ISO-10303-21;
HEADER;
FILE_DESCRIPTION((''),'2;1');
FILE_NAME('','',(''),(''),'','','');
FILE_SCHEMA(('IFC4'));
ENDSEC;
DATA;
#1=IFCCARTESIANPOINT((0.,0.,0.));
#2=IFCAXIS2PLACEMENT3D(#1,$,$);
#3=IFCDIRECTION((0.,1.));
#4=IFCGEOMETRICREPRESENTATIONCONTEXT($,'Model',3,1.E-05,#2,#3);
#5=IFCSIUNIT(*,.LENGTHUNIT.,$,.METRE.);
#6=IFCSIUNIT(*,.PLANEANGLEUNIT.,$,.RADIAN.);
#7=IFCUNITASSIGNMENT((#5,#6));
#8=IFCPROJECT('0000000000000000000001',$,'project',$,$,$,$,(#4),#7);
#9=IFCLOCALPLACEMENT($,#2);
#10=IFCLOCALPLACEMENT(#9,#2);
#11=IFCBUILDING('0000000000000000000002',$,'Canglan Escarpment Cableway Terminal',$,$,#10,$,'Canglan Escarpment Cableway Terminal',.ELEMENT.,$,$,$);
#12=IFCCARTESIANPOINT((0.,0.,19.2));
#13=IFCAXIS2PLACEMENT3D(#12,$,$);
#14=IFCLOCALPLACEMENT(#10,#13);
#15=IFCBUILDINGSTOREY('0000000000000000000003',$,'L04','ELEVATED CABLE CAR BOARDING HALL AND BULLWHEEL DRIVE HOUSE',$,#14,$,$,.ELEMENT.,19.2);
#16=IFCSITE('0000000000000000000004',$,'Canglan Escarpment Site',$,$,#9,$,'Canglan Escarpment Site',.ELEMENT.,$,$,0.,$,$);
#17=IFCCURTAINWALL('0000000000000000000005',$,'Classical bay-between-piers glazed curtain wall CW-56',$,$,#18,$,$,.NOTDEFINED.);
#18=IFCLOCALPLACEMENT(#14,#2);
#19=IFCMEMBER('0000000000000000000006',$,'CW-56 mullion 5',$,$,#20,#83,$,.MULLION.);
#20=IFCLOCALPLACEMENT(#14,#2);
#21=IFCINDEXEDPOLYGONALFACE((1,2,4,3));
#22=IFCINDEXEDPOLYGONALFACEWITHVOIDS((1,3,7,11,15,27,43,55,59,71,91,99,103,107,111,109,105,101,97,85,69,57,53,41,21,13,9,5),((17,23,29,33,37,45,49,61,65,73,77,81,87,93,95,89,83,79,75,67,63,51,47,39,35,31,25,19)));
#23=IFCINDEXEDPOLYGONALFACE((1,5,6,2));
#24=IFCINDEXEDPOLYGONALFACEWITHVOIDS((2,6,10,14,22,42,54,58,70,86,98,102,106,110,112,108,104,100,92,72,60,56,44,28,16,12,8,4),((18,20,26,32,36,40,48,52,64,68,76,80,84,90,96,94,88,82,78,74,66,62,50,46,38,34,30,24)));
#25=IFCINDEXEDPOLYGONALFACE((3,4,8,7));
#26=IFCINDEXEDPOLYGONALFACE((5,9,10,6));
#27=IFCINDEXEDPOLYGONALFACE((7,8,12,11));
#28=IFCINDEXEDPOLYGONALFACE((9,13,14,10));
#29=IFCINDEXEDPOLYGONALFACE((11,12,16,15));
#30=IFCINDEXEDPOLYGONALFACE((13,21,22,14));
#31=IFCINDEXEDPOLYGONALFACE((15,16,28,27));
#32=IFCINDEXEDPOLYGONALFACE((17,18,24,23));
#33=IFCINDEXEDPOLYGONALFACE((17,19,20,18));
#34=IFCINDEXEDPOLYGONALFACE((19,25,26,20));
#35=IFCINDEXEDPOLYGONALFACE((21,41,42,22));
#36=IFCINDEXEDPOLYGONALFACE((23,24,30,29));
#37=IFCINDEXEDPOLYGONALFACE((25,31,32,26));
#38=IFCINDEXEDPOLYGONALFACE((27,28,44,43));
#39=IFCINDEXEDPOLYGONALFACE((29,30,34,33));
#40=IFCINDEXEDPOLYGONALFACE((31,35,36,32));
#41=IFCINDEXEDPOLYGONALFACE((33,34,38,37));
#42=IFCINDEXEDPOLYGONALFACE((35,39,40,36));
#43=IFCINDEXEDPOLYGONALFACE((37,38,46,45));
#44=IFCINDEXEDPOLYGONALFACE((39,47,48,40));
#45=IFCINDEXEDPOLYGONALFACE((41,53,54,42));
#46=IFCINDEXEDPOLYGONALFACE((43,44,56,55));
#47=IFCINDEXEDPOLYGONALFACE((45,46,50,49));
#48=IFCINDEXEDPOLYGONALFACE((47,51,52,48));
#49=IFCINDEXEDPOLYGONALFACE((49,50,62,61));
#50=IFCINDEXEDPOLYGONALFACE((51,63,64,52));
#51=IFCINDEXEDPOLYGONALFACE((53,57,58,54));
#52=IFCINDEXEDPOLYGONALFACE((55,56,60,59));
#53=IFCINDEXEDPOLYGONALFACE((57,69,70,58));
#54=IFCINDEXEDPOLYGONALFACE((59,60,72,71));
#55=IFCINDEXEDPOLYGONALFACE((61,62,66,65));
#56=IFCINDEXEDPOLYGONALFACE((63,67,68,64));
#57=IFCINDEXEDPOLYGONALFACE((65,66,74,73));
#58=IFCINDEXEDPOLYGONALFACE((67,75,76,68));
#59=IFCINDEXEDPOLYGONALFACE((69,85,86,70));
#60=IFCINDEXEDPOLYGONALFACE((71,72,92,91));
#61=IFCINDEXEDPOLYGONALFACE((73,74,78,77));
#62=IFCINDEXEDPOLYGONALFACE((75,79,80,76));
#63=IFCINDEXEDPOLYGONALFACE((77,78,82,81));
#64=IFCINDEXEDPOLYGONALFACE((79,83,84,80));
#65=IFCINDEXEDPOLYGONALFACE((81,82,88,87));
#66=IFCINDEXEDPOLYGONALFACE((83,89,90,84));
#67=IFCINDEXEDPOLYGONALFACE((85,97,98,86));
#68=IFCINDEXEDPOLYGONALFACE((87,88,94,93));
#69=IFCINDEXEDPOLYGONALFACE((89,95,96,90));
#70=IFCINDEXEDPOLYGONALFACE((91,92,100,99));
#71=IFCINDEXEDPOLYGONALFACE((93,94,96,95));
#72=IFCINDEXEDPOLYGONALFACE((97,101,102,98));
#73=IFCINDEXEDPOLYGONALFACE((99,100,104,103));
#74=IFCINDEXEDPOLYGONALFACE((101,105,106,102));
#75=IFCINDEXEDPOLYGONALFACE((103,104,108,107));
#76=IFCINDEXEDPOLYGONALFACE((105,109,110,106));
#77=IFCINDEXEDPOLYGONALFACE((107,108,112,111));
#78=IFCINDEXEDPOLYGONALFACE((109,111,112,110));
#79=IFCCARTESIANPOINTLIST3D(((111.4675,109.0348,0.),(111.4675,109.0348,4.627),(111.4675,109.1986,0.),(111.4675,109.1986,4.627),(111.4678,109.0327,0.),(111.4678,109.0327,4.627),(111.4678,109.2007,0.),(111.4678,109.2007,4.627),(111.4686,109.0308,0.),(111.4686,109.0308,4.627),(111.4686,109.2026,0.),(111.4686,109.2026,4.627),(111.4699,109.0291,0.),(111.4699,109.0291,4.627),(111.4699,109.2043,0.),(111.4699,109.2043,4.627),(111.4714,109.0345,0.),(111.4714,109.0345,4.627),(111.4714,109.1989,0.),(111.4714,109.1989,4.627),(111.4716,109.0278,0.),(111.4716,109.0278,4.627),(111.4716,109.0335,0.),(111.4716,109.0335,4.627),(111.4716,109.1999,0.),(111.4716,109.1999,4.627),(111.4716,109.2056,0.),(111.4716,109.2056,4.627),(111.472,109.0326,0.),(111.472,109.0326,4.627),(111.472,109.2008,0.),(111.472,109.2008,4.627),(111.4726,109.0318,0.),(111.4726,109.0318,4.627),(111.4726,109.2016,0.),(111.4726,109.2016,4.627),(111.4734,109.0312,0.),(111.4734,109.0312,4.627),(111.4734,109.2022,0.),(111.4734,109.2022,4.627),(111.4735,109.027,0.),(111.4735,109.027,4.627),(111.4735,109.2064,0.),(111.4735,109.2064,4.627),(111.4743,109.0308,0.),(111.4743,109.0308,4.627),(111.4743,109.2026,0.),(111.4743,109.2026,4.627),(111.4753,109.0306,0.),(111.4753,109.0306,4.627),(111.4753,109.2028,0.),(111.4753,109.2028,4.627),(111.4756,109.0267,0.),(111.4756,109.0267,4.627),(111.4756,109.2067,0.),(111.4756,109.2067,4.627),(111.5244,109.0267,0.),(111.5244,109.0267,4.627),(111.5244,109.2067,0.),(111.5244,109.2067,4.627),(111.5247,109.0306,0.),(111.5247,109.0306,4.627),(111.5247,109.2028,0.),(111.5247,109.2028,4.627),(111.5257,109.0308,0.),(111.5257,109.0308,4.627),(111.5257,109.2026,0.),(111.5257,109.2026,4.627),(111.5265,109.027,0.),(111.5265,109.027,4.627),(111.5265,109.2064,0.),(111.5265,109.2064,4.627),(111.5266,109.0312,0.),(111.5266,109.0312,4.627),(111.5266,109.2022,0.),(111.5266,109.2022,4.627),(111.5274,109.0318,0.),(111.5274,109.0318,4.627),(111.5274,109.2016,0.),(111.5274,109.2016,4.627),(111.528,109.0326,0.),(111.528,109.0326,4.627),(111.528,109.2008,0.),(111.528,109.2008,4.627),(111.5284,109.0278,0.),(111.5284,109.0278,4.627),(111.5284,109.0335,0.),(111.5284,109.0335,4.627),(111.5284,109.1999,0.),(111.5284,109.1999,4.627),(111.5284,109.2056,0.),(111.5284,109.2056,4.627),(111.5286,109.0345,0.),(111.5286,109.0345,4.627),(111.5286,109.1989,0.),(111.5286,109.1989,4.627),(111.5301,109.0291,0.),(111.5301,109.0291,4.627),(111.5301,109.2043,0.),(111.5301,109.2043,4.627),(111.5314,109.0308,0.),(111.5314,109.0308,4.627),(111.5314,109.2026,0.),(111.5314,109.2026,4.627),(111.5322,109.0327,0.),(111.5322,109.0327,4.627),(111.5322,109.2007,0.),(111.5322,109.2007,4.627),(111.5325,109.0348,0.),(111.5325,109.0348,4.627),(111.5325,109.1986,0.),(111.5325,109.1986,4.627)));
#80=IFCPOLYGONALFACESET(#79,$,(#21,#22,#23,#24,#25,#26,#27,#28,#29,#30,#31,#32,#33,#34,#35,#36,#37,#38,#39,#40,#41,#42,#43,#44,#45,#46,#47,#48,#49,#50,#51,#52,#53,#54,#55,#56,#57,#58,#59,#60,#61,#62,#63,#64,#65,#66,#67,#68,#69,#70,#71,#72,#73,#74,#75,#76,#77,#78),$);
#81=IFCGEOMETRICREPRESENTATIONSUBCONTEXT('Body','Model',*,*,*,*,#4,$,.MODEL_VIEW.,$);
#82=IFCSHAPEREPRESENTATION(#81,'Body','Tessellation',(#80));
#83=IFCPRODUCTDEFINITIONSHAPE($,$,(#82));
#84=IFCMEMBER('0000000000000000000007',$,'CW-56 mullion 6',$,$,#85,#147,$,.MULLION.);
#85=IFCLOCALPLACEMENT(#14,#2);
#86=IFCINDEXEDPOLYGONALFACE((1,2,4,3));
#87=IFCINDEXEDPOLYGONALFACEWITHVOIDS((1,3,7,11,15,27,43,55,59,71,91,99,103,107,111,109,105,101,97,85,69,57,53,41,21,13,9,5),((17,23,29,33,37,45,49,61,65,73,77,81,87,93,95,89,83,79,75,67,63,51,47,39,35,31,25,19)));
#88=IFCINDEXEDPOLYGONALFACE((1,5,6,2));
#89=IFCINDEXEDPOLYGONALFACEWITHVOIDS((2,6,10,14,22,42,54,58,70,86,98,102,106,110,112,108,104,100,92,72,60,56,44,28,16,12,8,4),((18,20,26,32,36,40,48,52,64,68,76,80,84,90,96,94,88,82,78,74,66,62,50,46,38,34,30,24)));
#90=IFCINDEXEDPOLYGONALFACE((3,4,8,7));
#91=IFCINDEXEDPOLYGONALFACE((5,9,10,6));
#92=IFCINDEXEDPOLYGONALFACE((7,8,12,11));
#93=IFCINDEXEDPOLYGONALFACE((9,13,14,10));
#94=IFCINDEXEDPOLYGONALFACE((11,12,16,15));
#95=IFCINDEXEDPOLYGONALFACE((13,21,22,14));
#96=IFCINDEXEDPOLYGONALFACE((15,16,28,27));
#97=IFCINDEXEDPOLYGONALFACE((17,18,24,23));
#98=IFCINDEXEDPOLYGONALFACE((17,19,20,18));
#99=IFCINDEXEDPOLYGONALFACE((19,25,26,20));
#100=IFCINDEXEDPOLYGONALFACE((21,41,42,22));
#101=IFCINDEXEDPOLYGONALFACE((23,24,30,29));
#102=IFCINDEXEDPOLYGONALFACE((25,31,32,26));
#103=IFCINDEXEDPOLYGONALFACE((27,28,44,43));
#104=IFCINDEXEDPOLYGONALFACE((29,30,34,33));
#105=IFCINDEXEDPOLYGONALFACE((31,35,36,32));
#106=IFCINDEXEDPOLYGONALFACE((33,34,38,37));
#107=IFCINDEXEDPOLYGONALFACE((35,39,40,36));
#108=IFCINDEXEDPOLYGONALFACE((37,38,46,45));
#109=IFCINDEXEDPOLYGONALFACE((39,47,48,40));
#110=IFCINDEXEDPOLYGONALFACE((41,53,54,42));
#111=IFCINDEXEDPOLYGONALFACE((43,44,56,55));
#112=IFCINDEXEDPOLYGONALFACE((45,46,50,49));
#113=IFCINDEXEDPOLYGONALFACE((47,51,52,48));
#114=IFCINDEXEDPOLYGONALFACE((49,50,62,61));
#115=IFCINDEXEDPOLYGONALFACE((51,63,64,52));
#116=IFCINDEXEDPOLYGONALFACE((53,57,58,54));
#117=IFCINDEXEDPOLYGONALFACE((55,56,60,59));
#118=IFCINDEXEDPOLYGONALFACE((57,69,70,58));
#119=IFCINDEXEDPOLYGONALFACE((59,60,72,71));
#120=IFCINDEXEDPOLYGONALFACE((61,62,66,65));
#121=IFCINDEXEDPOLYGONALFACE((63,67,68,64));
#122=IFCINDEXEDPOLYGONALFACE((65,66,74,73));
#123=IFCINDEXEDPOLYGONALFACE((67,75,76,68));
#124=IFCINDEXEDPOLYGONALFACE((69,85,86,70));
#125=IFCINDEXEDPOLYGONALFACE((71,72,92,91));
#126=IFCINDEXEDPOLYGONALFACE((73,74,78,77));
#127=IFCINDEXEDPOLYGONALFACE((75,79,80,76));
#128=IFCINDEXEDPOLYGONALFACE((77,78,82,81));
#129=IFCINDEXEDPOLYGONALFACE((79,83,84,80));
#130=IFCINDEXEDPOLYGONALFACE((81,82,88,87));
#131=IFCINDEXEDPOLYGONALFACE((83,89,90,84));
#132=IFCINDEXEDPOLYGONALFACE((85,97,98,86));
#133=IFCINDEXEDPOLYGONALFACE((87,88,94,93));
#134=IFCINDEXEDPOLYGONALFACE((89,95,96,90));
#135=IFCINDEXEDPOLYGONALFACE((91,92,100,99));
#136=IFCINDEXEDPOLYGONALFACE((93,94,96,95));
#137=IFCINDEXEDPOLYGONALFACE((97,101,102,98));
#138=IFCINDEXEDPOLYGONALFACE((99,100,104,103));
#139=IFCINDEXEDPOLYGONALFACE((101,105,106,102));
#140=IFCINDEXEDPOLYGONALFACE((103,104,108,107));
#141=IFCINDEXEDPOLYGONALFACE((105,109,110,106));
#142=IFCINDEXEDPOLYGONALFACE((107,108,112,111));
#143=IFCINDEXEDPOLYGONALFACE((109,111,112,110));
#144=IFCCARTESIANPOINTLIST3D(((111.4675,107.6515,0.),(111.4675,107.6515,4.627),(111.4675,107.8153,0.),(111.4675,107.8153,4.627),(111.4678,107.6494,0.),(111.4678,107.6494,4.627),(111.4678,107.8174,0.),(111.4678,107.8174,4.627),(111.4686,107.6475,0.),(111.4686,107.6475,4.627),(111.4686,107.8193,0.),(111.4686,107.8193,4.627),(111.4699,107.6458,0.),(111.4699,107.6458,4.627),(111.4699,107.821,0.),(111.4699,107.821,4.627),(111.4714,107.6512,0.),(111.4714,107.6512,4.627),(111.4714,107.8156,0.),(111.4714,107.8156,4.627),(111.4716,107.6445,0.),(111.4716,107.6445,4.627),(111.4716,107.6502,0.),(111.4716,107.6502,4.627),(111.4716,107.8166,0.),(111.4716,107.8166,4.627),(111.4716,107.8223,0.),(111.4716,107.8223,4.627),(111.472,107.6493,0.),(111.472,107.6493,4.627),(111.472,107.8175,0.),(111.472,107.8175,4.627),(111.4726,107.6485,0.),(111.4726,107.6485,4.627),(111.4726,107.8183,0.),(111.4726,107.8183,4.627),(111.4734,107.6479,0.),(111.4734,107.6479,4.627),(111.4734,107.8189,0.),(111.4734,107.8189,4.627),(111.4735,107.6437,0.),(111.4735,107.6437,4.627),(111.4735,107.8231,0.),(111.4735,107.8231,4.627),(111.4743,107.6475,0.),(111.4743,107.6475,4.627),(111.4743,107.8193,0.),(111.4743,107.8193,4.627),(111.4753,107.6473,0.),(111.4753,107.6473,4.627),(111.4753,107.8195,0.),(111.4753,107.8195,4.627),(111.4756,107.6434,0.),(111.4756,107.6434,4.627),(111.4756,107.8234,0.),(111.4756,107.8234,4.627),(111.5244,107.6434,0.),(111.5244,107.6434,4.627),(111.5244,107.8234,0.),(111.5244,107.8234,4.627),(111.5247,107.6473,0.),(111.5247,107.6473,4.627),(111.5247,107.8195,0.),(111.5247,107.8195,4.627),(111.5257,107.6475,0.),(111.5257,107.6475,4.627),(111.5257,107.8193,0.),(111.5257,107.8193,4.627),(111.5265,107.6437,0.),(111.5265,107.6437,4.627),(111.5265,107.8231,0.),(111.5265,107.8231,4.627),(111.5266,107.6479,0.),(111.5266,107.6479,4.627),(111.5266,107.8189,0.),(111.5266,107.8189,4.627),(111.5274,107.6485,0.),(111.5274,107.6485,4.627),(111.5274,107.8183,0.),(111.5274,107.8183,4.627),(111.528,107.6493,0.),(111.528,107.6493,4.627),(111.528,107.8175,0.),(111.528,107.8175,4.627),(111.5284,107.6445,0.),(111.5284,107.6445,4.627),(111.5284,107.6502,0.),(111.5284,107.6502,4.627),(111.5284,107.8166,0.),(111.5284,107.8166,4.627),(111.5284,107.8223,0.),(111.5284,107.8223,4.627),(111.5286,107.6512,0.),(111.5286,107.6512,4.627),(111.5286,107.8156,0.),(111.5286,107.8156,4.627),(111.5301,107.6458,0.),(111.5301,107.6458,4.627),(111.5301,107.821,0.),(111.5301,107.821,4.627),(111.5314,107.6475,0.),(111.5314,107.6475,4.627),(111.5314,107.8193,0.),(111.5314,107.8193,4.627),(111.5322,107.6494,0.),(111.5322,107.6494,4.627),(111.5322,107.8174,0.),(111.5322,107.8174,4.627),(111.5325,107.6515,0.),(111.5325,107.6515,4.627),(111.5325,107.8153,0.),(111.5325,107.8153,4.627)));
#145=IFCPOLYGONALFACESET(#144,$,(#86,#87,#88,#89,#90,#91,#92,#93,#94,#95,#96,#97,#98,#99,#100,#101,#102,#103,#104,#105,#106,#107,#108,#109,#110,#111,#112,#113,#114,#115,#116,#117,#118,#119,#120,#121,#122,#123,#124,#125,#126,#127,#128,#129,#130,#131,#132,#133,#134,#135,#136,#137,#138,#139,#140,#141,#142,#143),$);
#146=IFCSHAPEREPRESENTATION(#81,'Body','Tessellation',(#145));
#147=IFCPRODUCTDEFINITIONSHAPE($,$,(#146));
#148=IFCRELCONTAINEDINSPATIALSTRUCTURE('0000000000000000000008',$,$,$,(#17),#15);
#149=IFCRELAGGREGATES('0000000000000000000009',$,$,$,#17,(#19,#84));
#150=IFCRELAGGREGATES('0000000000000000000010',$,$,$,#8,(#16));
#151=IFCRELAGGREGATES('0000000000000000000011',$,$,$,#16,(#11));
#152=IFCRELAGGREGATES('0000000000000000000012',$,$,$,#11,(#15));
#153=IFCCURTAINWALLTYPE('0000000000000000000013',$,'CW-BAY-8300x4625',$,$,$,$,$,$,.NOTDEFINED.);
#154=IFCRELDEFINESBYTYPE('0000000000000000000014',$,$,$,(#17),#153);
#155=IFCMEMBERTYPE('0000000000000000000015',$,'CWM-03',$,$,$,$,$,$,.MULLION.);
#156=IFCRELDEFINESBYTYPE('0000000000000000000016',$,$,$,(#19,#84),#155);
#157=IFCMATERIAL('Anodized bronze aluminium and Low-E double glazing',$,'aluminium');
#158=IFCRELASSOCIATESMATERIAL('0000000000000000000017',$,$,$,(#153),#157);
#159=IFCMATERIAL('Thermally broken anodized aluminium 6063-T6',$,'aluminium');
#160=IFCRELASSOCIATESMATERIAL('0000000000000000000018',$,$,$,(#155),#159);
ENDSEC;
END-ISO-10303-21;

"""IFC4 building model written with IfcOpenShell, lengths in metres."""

from ifc_helpers import new_model, si_unit, direction, frame, origin, origin_2d, place, context, subcontext, project, spatial, hollow_rectangle, extrude, material, material_profile, profile_set, type_object, element, aggregate, save


model = new_model("IFC4")

# Units and contexts
model_context = context("Model", 3, precision=1e-05, world=origin(), true_north=direction((0.0, 1.0)))
body_context = subcontext(model_context, "Body", "Model", "MODEL_VIEW")
ifc_project = project(units=[si_unit("LENGTHUNIT", "METRE"), si_unit("PLANEANGLEUNIT", "RADIAN")], contexts=[model_context])

# Site, building, storey
site_placement = place(None, origin())
site = spatial("IfcSite", under=ifc_project, at=site_placement, Name="Canglan Escarpment Site", LongName="Canglan Escarpment Site", CompositionType="ELEMENT", RefElevation=0.0)
building_placement = place(site_placement, origin())
building = spatial("IfcBuilding", under=site, at=building_placement, Name="Canglan Escarpment Cableway Terminal", LongName="Canglan Escarpment Cableway Terminal", CompositionType="ELEMENT")
storey_placement = place(building_placement, frame((0.0, 0.0, 19.2)))
storey = spatial("IfcBuildingStorey", under=building, at=storey_placement, Name="L04", Description="ELEVATED CABLE CAR BOARDING HALL AND BULLWHEEL DRIVE HOUSE", CompositionType="ELEMENT", Elevation=19.2)

# Curtain wall, members
ifc_material_1 = material(Name="Anodized bronze aluminium and Low-E double glazing", Category="aluminium")
curtain_wall_type = type_object("IfcCurtainWallType", Name="CW-BAY-8300x4625", PredefinedType="NOTDEFINED", material=ifc_material_1)
curtain_wall_1_placement = place(storey_placement, origin())
curtain_wall_1 = element("IfcCurtainWall", 1, at=curtain_wall_1_placement, inside=storey, type_object=curtain_wall_type, Name="Classical bay-between-piers glazed curtain wall CW-56", PredefinedType="NOTDEFINED")
ifc_material_2 = material(Name="Thermally broken anodized aluminium 6063-T6", Category="aluminium")
ifc_material_profile_1 = material_profile(ifc_material_2, hollow_rectangle(XDim=0.0649, YDim=0.1799, WallThickness=0.0039, InnerFilletRadius=0.0039, OuterFilletRadius=0.0081, at=origin_2d()), Name="ALU-MULL 65x180x4")
ifc_profile_set_1 = profile_set([ifc_material_profile_1], Name="Thermally broken anodized aluminium 6063-T6")
member_type_1 = type_object("IfcMemberType", Name="CWM-03", PredefinedType="MULLION", material=ifc_profile_set_1)
member_1_placement = place(storey_placement, frame((111.5, 109.1167, 0.0), z_axis=(0.0, 0.0, 1.0), x_axis=(1.0, 0.0, 0.0)))
member_1 = element("IfcMember", 2, at=member_1_placement, type_object=member_type_1, Name="CW-56 mullion 5", PredefinedType="MULLION", context=body_context, shape_type="SweptSolid", body=[
    extrude(hollow_rectangle(XDim=0.0649, YDim=0.1799, WallThickness=0.0039, InnerFilletRadius=0.0039, OuterFilletRadius=0.0081, at=origin_2d()), origin(), (0.0, 0.0, 1.0), 4.627),
])
member_2_placement = place(storey_placement, frame((111.5, 107.7334, 0.0), z_axis=(0.0, 0.0, 1.0), x_axis=(1.0, 0.0, 0.0)))
member_2 = element("IfcMember", 3, at=member_2_placement, type_object=member_type_1, Name="CW-56 mullion 6", PredefinedType="MULLION", context=body_context, shape_type="SweptSolid", body=[
    extrude(hollow_rectangle(XDim=0.0649, YDim=0.1799, WallThickness=0.0039, InnerFilletRadius=0.0039, OuterFilletRadius=0.0081, at=origin_2d()), origin(), (0.0, 0.0, 1.0), 4.627),
])

aggregate(curtain_wall_1, [member_1, member_2])

save(model, "model.ifc")
